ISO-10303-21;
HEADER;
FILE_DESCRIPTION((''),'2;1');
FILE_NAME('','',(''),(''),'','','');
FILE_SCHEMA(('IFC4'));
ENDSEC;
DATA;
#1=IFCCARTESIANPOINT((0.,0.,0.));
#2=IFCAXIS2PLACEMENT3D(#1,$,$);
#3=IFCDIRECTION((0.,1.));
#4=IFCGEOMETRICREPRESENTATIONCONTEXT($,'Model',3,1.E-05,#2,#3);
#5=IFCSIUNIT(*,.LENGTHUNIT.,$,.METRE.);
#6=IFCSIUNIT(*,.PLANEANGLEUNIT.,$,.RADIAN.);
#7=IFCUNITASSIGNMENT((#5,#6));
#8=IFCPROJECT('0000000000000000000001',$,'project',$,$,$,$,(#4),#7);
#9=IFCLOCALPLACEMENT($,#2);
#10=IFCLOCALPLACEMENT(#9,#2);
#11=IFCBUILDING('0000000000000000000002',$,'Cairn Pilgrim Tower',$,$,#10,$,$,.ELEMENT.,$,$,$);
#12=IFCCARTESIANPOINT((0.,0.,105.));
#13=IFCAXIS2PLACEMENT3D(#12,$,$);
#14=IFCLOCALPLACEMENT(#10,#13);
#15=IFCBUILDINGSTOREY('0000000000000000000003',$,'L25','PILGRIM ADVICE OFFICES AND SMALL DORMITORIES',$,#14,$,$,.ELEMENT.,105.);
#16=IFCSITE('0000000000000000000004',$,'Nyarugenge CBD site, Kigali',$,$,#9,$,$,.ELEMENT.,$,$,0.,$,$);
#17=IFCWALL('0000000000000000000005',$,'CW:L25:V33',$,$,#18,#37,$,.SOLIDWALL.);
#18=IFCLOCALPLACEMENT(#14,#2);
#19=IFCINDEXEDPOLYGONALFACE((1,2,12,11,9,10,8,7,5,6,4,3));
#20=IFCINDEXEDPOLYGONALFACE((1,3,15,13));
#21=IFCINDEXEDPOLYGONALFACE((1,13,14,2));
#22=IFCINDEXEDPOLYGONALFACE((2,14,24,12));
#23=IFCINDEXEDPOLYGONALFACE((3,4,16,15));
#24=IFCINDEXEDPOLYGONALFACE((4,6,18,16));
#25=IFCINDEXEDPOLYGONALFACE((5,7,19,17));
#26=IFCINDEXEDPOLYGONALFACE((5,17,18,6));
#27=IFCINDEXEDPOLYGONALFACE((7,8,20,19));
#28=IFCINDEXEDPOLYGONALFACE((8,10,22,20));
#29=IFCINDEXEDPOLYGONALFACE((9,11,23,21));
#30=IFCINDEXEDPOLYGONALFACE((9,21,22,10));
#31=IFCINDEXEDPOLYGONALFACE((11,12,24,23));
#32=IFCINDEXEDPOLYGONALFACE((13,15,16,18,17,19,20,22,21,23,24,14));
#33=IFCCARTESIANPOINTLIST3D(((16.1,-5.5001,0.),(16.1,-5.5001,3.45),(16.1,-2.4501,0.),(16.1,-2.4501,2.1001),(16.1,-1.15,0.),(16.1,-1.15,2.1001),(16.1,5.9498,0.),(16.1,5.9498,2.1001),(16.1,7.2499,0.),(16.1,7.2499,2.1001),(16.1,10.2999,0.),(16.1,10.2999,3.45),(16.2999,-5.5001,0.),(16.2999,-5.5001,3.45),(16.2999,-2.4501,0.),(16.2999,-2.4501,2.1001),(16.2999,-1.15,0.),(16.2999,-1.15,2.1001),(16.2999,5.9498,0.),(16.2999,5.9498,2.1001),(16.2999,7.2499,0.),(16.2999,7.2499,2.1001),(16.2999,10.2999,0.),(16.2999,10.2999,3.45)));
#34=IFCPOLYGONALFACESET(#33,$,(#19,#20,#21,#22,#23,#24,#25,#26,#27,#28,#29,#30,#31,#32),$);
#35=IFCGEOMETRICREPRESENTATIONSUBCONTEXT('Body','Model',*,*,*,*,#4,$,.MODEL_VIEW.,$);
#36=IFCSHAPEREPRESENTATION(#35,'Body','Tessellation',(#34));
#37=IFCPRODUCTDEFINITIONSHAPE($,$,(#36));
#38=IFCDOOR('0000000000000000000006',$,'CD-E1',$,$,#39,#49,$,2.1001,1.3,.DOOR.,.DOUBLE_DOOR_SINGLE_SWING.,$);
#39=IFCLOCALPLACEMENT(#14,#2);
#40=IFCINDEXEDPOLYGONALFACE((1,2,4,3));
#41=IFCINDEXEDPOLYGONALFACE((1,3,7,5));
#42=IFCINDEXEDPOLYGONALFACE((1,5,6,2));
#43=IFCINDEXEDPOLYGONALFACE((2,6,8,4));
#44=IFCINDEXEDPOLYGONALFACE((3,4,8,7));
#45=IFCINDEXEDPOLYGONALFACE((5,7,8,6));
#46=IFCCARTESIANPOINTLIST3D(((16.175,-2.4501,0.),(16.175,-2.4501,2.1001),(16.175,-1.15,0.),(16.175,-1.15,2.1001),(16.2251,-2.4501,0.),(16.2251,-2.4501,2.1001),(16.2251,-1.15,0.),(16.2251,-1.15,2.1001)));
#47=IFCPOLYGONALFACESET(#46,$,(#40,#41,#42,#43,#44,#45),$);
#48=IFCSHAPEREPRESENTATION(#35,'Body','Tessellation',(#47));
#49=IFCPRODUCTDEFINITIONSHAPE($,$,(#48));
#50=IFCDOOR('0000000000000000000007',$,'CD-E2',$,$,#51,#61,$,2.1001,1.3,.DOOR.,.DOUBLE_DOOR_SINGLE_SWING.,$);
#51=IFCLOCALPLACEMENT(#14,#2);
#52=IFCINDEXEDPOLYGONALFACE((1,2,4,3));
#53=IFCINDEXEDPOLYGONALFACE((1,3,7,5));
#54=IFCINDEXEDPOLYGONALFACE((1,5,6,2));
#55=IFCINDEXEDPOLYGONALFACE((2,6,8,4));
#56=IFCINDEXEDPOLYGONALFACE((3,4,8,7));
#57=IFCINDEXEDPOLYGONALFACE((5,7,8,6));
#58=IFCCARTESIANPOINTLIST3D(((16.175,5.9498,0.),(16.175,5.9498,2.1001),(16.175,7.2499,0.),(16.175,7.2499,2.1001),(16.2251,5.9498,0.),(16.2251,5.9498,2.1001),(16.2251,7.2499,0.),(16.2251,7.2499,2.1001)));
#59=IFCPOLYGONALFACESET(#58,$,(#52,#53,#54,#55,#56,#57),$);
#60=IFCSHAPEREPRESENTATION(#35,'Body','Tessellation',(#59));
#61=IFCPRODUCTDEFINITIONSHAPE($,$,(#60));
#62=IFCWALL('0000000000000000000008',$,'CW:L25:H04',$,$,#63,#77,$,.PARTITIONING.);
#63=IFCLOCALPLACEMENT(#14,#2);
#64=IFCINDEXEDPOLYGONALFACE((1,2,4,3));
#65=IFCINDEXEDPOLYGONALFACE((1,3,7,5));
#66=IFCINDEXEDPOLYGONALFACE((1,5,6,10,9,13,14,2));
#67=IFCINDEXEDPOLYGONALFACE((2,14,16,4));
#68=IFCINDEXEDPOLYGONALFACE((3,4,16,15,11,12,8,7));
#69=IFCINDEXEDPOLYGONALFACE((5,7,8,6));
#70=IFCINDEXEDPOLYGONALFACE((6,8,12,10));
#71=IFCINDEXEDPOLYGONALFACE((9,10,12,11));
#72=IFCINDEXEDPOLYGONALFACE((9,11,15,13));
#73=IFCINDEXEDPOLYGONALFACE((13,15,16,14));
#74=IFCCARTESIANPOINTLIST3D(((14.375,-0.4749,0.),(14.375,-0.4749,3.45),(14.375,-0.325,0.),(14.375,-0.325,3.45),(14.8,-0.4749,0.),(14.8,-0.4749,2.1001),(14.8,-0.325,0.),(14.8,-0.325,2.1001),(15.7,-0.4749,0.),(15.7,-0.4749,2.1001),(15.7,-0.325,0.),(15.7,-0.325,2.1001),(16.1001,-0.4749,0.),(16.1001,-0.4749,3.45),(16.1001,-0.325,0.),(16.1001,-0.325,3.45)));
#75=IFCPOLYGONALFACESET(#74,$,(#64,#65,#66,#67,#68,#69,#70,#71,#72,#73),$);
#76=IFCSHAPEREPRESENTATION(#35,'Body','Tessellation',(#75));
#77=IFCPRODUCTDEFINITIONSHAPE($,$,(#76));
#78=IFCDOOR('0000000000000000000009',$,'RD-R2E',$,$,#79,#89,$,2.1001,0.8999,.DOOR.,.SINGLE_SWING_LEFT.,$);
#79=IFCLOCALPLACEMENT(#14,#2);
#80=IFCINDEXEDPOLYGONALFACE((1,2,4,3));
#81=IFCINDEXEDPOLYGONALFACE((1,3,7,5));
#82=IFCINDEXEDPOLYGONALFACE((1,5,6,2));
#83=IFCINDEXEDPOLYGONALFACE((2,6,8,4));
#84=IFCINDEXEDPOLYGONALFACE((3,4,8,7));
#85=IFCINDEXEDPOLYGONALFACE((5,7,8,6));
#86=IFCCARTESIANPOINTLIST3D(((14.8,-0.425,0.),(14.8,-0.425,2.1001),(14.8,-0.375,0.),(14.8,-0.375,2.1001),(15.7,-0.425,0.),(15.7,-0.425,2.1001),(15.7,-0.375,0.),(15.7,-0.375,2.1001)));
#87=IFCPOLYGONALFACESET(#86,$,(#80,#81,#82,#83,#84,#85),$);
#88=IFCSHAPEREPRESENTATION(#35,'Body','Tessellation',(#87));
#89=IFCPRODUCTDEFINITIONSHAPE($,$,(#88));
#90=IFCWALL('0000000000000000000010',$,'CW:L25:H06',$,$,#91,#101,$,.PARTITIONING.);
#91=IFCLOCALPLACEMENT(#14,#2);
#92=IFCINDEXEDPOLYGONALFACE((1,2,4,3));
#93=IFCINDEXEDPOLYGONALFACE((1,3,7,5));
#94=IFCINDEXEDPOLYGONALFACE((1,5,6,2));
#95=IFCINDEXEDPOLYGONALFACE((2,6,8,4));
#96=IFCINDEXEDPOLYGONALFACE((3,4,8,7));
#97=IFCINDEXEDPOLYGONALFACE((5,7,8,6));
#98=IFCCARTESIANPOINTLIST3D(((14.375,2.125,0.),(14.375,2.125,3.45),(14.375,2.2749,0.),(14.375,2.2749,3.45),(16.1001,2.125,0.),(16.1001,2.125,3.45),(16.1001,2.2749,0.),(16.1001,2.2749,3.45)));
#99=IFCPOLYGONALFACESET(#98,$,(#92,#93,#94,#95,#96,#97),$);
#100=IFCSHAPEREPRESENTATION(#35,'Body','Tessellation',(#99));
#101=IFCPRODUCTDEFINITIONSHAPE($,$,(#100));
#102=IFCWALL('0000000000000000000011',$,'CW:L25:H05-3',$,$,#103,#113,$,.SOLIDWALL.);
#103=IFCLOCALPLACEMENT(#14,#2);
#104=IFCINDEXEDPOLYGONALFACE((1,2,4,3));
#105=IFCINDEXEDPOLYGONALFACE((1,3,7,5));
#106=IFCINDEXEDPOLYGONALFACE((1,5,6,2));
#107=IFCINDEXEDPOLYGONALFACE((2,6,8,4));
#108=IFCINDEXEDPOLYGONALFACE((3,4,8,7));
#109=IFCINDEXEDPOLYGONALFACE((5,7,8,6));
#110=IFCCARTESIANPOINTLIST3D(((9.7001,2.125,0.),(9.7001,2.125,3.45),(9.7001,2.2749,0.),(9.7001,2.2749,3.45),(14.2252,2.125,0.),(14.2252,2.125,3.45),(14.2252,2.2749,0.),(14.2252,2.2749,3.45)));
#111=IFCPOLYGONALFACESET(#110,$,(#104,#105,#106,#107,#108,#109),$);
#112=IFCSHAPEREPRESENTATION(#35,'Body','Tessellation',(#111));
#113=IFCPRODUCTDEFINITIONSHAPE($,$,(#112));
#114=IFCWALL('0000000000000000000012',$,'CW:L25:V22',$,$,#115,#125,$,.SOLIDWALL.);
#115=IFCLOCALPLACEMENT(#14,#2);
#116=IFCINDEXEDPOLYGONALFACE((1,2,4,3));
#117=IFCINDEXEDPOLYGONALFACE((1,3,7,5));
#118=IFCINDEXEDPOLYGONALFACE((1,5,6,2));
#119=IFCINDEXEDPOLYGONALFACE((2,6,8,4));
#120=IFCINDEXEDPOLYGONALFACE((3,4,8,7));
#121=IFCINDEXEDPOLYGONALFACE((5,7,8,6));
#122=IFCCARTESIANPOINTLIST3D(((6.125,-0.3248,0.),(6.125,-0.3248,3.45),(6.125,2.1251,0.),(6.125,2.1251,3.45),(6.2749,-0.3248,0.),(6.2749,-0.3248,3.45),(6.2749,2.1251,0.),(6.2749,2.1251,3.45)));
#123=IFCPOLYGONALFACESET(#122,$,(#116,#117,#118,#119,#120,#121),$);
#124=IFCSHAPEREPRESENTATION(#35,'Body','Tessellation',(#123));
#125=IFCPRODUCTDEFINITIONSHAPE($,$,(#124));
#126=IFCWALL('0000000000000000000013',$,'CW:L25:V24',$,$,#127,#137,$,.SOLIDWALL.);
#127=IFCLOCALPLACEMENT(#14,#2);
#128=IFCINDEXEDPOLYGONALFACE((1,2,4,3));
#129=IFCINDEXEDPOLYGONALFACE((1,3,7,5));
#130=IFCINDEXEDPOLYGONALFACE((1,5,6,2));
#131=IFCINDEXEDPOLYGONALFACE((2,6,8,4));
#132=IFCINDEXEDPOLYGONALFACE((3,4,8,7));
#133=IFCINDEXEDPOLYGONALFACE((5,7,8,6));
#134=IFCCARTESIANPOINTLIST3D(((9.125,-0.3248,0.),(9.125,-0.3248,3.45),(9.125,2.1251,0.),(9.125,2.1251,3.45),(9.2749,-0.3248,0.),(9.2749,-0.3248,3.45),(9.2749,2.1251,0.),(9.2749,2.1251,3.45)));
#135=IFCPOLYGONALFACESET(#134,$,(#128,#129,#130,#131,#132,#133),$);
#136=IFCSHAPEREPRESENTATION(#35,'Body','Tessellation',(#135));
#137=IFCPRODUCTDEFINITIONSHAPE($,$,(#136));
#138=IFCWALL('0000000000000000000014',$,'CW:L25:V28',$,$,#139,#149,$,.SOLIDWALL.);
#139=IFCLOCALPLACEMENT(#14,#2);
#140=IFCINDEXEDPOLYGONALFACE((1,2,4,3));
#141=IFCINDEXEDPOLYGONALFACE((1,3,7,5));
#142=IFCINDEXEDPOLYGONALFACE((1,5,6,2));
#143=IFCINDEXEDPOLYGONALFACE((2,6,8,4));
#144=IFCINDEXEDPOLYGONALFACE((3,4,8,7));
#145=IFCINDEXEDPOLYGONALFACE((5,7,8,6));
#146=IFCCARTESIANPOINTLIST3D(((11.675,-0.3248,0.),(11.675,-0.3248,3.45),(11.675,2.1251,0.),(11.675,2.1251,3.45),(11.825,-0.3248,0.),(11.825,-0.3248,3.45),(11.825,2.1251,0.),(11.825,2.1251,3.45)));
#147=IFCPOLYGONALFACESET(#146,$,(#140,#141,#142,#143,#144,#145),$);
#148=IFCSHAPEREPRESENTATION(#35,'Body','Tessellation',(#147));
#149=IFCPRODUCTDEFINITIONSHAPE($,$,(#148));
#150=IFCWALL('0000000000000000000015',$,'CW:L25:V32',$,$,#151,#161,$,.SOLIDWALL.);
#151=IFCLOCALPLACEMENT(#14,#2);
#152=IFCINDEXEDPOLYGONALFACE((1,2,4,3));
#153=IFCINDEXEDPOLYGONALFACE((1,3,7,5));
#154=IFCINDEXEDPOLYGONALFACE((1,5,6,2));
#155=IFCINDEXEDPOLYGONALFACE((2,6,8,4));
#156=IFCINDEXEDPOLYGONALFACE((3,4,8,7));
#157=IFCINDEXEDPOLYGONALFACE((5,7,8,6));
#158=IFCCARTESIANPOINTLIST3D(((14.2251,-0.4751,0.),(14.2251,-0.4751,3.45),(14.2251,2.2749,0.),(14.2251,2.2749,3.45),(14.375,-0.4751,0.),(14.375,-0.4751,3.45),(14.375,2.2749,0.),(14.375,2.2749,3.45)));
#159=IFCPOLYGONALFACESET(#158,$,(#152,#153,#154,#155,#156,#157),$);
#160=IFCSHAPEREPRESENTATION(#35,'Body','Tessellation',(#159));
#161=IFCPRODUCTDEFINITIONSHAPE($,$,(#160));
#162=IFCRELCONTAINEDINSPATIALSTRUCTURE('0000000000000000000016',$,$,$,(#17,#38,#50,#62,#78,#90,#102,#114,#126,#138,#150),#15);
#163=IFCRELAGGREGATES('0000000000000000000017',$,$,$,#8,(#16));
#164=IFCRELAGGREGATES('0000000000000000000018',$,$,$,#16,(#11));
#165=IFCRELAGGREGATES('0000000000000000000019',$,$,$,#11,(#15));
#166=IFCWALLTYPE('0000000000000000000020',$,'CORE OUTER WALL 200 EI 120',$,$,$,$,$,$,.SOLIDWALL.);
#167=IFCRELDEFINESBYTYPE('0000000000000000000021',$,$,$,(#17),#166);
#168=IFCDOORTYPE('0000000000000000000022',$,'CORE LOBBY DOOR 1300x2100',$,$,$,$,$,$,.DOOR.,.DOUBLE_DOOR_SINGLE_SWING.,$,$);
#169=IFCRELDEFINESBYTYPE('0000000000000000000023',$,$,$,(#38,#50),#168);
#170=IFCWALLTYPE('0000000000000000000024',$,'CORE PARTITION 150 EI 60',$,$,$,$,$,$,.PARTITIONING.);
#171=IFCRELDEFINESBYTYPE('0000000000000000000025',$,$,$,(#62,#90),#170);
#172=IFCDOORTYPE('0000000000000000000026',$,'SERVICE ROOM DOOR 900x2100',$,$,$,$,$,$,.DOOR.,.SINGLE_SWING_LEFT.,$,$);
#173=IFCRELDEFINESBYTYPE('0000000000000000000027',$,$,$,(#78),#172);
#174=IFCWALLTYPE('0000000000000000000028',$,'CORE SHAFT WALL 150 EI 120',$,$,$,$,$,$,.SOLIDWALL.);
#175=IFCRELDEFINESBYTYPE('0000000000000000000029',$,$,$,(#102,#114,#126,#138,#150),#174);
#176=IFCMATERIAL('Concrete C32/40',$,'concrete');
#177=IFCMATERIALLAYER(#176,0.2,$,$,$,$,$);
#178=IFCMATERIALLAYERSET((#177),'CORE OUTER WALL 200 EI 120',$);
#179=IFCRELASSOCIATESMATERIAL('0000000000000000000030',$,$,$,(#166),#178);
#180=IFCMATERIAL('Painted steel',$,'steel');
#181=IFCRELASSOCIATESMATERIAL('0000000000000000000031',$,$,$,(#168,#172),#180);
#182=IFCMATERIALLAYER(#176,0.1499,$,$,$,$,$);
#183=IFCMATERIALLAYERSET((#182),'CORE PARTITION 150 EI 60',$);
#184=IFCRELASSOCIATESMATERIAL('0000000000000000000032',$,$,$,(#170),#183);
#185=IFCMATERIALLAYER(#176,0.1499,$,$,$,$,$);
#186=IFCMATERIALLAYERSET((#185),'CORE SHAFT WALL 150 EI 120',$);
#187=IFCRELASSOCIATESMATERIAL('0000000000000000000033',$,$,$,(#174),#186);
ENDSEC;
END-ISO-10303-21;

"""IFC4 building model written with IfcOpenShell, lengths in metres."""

from ifc_helpers import new_model, si_unit, direction, frame, frame_2d, origin, place, context, subcontext, project, spatial, rectangle, extrude, material, layer, layer_set, type_object, element, fill, save


model = new_model("IFC4")

# Units and contexts
model_context = context("Model", 3, precision=1e-05, world=origin(), true_north=direction((0.0, 1.0)))
body_context = subcontext(model_context, "Body", "Model", "MODEL_VIEW")
ifc_project = project(units=[si_unit("LENGTHUNIT", "METRE"), si_unit("PLANEANGLEUNIT", "RADIAN")], contexts=[model_context])

# Site, building, storey
site_placement = place(None, origin())
site = spatial("IfcSite", under=ifc_project, at=site_placement, Name="Nyarugenge CBD site, Kigali", CompositionType="ELEMENT", RefElevation=0.0)
building_placement = place(site_placement, origin())
building = spatial("IfcBuilding", under=site, at=building_placement, Name="Cairn Pilgrim Tower", CompositionType="ELEMENT")
storey_placement = place(building_placement, frame((0.0, 0.0, 105.0)))
storey = spatial("IfcBuildingStorey", under=building, at=storey_placement, Name="L25", Description="PILGRIM ADVICE OFFICES AND SMALL DORMITORIES", CompositionType="ELEMENT", Elevation=105.0)

# Shared definitions
ifc_material_1 = material(Name="Concrete C32/40", Category="concrete")
ifc_layer_1 = layer(ifc_material_1, 0.2)
ifc_layer_set_1 = layer_set([ifc_layer_1], Name="CORE OUTER WALL 200 EI 120")
wall_type_1 = type_object("IfcWallType", Name="CORE OUTER WALL 200 EI 120", PredefinedType="SOLIDWALL", material=ifc_layer_set_1)

# Wall, openings, doors
wall_1_placement = place(storey_placement, frame((16.2, -5.5, 0.0), z_axis=(0.0, 0.0, 1.0), x_axis=(0.0, 1.0, 0.0)))
wall_1 = element("IfcWall", 1, at=wall_1_placement, inside=storey, type_object=wall_type_1, Name="CW:L25:V33", PredefinedType="SOLIDWALL", context=body_context, shape_type="SweptSolid", body=[
    extrude(rectangle(XDim=15.8, YDim=0.2, at=frame_2d((7.8999, 0.0))), origin(), (0.0, 0.0, 1.0), 3.45),
])
opening_1_placement = place(wall_1_placement, frame((3.05, 0.0, 0.0)))
opening_1 = element("IfcOpeningElement", 2, at=opening_1_placement, cuts=wall_1, PredefinedType="OPENING", context=body_context, shape_type="SweptSolid", body=[
    extrude(rectangle(XDim=1.3, YDim=2.1001, at=frame_2d((0.6499, 1.05))), frame((0.0, 0.1099, 0.0), z_axis=(0.0, -1.0, 0.0), x_axis=(1.0, 0.0, 0.0)), (0.0, 0.0, 1.0), 0.22),
])
opening_2_placement = place(wall_1_placement, frame((11.45, 0.0, 0.0)))
opening_2 = element("IfcOpeningElement", 3, at=opening_2_placement, cuts=wall_1, PredefinedType="OPENING", context=body_context, shape_type="SweptSolid", body=[
    extrude(rectangle(XDim=1.3, YDim=2.1001, at=frame_2d((0.6499, 1.05))), frame((0.0, 0.1099, 0.0), z_axis=(0.0, -1.0, 0.0), x_axis=(1.0, 0.0, 0.0)), (0.0, 0.0, 1.0), 0.22),
])
ifc_material_2 = material(Name="Painted steel", Category="steel")
door_type_1 = type_object("IfcDoorType", Name="CORE LOBBY DOOR 1300x2100", OperationType="DOUBLE_DOOR_SINGLE_SWING", PredefinedType="DOOR", material=ifc_material_2)
door_1_placement = place(opening_1_placement, origin())
door_1 = element("IfcDoor", 4, at=door_1_placement, inside=storey, type_object=door_type_1, Name="CD-E1", OperationType="DOUBLE_DOOR_SINGLE_SWING", OverallHeight=2.1001, OverallWidth=1.3, PredefinedType="DOOR", context=body_context, shape_type="SweptSolid", body=[
    extrude(rectangle(XDim=1.3, YDim=2.1001, at=frame_2d((0.6499, 1.05))), frame((0.0, 0.0249, 0.0), z_axis=(0.0, -1.0, 0.0), x_axis=(1.0, 0.0, 0.0)), (0.0, 0.0, 1.0), 0.05),
])
fill(opening_1, door_1)
door_2_placement = place(opening_2_placement, origin())
door_2 = element("IfcDoor", 5, at=door_2_placement, inside=storey, type_object=door_type_1, Name="CD-E2", OperationType="DOUBLE_DOOR_SINGLE_SWING", OverallHeight=2.1001, OverallWidth=1.3, PredefinedType="DOOR", context=body_context, shape_type="SweptSolid", body=[
    extrude(rectangle(XDim=1.3, YDim=2.1001, at=frame_2d((0.6499, 1.05))), frame((0.0, 0.0249, 0.0), z_axis=(0.0, -1.0, 0.0), x_axis=(1.0, 0.0, 0.0)), (0.0, 0.0, 1.0), 0.05),
])
fill(opening_2, door_2)

# Wall, opening, door
ifc_layer_2 = layer(ifc_material_1, 0.1499)
ifc_layer_set_2 = layer_set([ifc_layer_2], Name="CORE PARTITION 150 EI 60")
wall_type_2 = type_object("IfcWallType", Name="CORE PARTITION 150 EI 60", PredefinedType="PARTITIONING", material=ifc_layer_set_2)
wall_2_placement = place(storey_placement, frame((14.375, -0.3999, 0.0), z_axis=(0.0, 0.0, 1.0), x_axis=(1.0, 0.0, 0.0)))
wall_2 = element("IfcWall", 6, at=wall_2_placement, inside=storey, type_object=wall_type_2, Name="CW:L25:H04", PredefinedType="PARTITIONING", context=body_context, shape_type="SweptSolid", body=[
    extrude(rectangle(XDim=1.7251, YDim=0.1499, at=frame_2d((0.8625, 0.0))), origin(), (0.0, 0.0, 1.0), 3.45),
])
opening_3_placement = place(wall_2_placement, frame((0.425, 0.0, 0.0)))
opening_3 = element("IfcOpeningElement", 7, at=opening_3_placement, cuts=wall_2, PredefinedType="OPENING", context=body_context, shape_type="SweptSolid", body=[
    extrude(rectangle(XDim=0.8999, YDim=2.1001, at=frame_2d((0.45, 1.05))), frame((0.0, 0.085, 0.0), z_axis=(0.0, -1.0, 0.0), x_axis=(1.0, 0.0, 0.0)), (0.0, 0.0, 1.0), 0.1699),
])
door_type_2 = type_object("IfcDoorType", Name="SERVICE ROOM DOOR 900x2100", OperationType="SINGLE_SWING_LEFT", PredefinedType="DOOR", material=ifc_material_2)
door_3_placement = place(opening_3_placement, origin())
door_3 = element("IfcDoor", 8, at=door_3_placement, inside=storey, type_object=door_type_2, Name="RD-R2E", OperationType="SINGLE_SWING_LEFT", OverallHeight=2.1001, OverallWidth=0.8999, PredefinedType="DOOR", context=body_context, shape_type="SweptSolid", body=[
    extrude(rectangle(XDim=0.8999, YDim=2.1001, at=frame_2d((0.45, 1.05))), frame((0.0, 0.0249, 0.0), z_axis=(0.0, -1.0, 0.0), x_axis=(1.0, 0.0, 0.0)), (0.0, 0.0, 1.0), 0.05),
])
fill(opening_3, door_3)

# Walls
wall_3_placement = place(storey_placement, frame((14.375, 2.2, 0.0), z_axis=(0.0, 0.0, 1.0), x_axis=(1.0, 0.0, 0.0)))
element("IfcWall", 9, at=wall_3_placement, inside=storey, type_object=wall_type_2, Name="CW:L25:H06", PredefinedType="PARTITIONING", context=body_context, shape_type="SweptSolid", body=[
    extrude(rectangle(XDim=1.7251, YDim=0.1499, at=frame_2d((0.8625, 0.0))), origin(), (0.0, 0.0, 1.0), 3.45),
])
ifc_layer_3 = layer(ifc_material_1, 0.1499)
ifc_layer_set_3 = layer_set([ifc_layer_3], Name="CORE SHAFT WALL 150 EI 120")
wall_type_3 = type_object("IfcWallType", Name="CORE SHAFT WALL 150 EI 120", PredefinedType="SOLIDWALL", material=ifc_layer_set_3)
wall_4_placement = place(storey_placement, frame((9.7, 2.2, 0.0), z_axis=(0.0, 0.0, 1.0), x_axis=(1.0, 0.0, 0.0)))
element("IfcWall", 10, at=wall_4_placement, inside=storey, type_object=wall_type_3, Name="CW:L25:H05-3", PredefinedType="SOLIDWALL", context=body_context, shape_type="SweptSolid", body=[
    extrude(rectangle(XDim=4.5251, YDim=0.1499, at=frame_2d((2.2627, 0.0))), origin(), (0.0, 0.0, 1.0), 3.45),
])
for number, where, z_axis, x_axis, name in (
    (11, (6.2, -0.325, 0.0), (0.0, 0.0, 1.0), (0.0, 1.0, 0.0), "CW:L25:V22"),
    (12, (9.2, -0.325, 0.0), (0.0, 0.0, 1.0), (0.0, 1.0, 0.0), "CW:L25:V24"),
    (13, (11.75, -0.325, 0.0), (0.0, 0.0, 1.0), (0.0, 1.0, 0.0), "CW:L25:V28"),
):
    element("IfcWall", number, at=place(storey_placement, frame(where, z_axis=z_axis, x_axis=x_axis)), inside=storey, type_object=wall_type_3, Name=name, PredefinedType="SOLIDWALL", context=body_context, shape_type="SweptSolid", body=[
        extrude(rectangle(XDim=2.45, YDim=0.1499, at=frame_2d((1.2251, 0.0))), origin(), (0.0, 0.0, 1.0), 3.45),
    ])
wall_5_placement = place(storey_placement, frame((14.3, -0.4751, 0.0), z_axis=(0.0, 0.0, 1.0), x_axis=(0.0, 1.0, 0.0)))
element("IfcWall", 14, at=wall_5_placement, inside=storey, type_object=wall_type_3, Name="CW:L25:V32", PredefinedType="SOLIDWALL", context=body_context, shape_type="SweptSolid", body=[
    extrude(rectangle(XDim=2.75, YDim=0.1499, at=frame_2d((1.375, 0.0))), origin(), (0.0, 0.0, 1.0), 3.45),
])

save(model, "model.ifc")
